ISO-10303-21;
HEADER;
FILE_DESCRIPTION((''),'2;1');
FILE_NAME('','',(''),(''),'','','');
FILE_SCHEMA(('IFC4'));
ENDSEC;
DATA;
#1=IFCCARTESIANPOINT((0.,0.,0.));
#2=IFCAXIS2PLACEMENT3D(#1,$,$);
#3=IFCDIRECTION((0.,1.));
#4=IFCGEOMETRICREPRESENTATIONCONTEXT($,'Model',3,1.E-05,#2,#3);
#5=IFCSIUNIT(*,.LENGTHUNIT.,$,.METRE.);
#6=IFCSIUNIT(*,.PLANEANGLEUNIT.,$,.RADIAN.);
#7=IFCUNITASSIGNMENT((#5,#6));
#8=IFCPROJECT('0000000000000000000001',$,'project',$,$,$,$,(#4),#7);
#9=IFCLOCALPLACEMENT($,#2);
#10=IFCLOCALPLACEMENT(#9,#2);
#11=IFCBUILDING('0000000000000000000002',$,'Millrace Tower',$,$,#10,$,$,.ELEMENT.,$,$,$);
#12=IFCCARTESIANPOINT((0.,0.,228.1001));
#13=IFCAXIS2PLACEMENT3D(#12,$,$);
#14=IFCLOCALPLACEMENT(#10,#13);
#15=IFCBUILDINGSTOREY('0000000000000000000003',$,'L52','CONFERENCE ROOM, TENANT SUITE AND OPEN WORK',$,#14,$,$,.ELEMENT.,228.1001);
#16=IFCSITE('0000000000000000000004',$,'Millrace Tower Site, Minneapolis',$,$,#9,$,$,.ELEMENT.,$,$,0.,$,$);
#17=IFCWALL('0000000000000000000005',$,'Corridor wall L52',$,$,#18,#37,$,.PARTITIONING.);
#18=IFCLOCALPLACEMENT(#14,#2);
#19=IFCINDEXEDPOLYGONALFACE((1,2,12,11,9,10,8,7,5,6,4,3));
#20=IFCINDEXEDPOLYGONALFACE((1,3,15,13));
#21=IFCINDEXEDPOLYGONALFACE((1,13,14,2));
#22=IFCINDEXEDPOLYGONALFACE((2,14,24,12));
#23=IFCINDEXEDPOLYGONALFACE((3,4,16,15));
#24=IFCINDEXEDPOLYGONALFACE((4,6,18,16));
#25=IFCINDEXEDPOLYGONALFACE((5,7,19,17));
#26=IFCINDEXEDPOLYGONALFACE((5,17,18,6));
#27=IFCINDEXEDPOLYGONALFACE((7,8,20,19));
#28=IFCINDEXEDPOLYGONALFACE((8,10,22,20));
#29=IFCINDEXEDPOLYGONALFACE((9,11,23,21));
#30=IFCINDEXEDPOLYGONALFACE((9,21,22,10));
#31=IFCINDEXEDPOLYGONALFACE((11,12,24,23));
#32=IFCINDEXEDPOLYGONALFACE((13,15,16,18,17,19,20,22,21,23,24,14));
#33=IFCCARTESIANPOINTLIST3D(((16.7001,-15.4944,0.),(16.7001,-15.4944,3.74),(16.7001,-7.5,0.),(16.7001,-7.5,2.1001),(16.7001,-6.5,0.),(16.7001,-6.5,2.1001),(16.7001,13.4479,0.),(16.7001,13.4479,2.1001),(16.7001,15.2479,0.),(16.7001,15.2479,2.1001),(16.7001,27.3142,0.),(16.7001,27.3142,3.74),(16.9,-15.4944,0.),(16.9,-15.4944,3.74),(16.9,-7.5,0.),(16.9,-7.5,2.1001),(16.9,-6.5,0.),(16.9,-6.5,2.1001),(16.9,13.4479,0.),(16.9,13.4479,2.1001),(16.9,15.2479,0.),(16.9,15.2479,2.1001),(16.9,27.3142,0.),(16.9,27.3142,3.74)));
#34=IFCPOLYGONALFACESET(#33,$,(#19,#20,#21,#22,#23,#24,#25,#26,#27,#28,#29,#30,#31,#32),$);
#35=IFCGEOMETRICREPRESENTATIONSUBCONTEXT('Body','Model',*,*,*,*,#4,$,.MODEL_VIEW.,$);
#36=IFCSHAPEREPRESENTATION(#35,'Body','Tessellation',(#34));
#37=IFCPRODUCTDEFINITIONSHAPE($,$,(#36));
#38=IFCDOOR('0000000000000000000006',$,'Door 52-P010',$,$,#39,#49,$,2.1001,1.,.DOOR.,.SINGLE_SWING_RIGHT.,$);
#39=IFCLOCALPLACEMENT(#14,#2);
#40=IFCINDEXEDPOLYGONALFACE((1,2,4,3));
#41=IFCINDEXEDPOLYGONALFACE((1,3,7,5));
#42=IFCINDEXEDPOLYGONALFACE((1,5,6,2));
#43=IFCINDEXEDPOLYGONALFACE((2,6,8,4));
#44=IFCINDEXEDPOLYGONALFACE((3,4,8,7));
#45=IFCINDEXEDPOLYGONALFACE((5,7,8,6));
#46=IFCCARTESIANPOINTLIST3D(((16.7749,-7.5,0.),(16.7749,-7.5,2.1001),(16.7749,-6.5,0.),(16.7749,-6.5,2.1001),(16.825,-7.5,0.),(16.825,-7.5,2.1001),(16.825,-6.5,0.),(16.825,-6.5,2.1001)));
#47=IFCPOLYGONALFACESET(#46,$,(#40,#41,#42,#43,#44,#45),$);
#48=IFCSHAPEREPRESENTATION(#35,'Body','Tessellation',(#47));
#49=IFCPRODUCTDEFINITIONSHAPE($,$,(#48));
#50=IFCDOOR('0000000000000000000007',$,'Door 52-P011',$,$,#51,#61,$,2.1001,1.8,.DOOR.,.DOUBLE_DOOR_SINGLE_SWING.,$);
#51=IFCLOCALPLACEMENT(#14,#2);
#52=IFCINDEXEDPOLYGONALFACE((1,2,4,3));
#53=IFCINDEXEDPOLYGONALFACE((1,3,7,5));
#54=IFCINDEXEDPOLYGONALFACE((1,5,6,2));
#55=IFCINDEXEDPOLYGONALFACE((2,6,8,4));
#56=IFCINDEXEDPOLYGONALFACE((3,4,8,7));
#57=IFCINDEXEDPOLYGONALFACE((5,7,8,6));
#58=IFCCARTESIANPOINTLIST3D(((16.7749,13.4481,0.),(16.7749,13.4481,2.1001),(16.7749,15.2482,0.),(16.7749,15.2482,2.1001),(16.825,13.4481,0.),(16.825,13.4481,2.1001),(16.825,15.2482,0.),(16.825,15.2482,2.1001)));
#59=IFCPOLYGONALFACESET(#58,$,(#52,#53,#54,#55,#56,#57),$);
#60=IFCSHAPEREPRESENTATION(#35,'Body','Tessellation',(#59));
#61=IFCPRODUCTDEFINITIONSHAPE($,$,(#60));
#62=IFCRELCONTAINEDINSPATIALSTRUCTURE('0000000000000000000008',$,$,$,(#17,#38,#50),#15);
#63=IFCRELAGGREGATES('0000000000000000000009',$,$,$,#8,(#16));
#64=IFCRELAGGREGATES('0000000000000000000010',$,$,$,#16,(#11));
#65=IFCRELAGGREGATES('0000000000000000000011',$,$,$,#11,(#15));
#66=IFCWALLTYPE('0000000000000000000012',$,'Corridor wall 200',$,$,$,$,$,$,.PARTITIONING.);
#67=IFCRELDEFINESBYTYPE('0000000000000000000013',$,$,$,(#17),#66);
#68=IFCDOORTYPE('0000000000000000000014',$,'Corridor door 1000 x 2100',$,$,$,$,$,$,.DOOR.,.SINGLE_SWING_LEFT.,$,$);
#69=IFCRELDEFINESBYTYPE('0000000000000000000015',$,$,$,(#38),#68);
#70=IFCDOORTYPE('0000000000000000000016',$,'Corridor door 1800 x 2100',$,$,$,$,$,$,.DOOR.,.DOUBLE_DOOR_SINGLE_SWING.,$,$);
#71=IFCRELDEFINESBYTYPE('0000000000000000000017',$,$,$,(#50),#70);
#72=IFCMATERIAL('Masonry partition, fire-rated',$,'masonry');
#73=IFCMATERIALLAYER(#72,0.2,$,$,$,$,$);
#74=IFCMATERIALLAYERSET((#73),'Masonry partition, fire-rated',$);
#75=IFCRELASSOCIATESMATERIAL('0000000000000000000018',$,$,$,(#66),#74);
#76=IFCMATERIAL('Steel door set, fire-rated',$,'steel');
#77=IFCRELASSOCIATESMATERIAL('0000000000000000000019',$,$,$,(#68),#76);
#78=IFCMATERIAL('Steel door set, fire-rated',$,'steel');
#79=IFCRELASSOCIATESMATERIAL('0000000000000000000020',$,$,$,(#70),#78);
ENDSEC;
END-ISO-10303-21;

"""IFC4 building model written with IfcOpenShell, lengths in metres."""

from ifc_helpers import new_model, si_unit, direction, frame, frame_2d, origin, place, context, subcontext, project, spatial, rectangle, extrude, material, layer, layer_set, type_object, element, fill, save


model = new_model("IFC4")

# Units and contexts
model_context = context("Model", 3, precision=1e-05, world=origin(), true_north=direction((0.0, 1.0)))
body_context = subcontext(model_context, "Body", "Model", "MODEL_VIEW")
ifc_project = project(units=[si_unit("LENGTHUNIT", "METRE"), si_unit("PLANEANGLEUNIT", "RADIAN")], contexts=[model_context])

# Site, building, storey
site_placement = place(None, origin())
site = spatial("IfcSite", under=ifc_project, at=site_placement, Name="Millrace Tower Site, Minneapolis", CompositionType="ELEMENT", RefElevation=0.0)
building_placement = place(site_placement, origin())
building = spatial("IfcBuilding", under=site, at=building_placement, Name="Millrace Tower", CompositionType="ELEMENT")
storey_placement = place(building_placement, frame((0.0, 0.0, 228.1001)))
storey = spatial("IfcBuildingStorey", under=building, at=storey_placement, Name="L52", Description="CONFERENCE ROOM, TENANT SUITE AND OPEN WORK", CompositionType="ELEMENT", Elevation=228.1001)

# Wall, openings, doors
ifc_material_1 = material(Name="Masonry partition, fire-rated", Category="masonry")
ifc_layer_1 = layer(ifc_material_1, 0.2)
ifc_layer_set_1 = layer_set([ifc_layer_1], Name="Masonry partition, fire-rated")
wall_type = type_object("IfcWallType", Name="Corridor wall 200", PredefinedType="PARTITIONING", material=ifc_layer_set_1)
wall_placement = place(storey_placement, frame((16.8, -15.4944, 0.0), z_axis=(0.0, 0.0, 1.0), x_axis=(0.0, 1.0, 0.0)))
wall = element("IfcWall", 1, at=wall_placement, inside=storey, type_object=wall_type, Name="Corridor wall L52", PredefinedType="PARTITIONING", context=body_context, shape_type="SweptSolid", body=[
    extrude(rectangle(XDim=42.8086, YDim=0.2, at=frame_2d((21.4043, 0.0))), origin(), (0.0, 0.0, 1.0), 3.74),
])
opening_1_placement = place(wall_placement, frame((7.9944, 0.0, 0.0)))
opening_1 = element("IfcOpeningElement", 2, at=opening_1_placement, cuts=wall, PredefinedType="OPENING", context=body_context, shape_type="SweptSolid", body=[
    extrude(rectangle(XDim=1.0, YDim=2.1001, at=frame_2d((0.5, 1.05))), frame((0.0, 0.1099, 0.0), z_axis=(0.0, -1.0, 0.0), x_axis=(1.0, 0.0, 0.0)), (0.0, 0.0, 1.0), 0.22),
])
opening_2_placement = place(wall_placement, frame((28.9424, 0.0, 0.0)))
opening_2 = element("IfcOpeningElement", 3, at=opening_2_placement, cuts=wall, PredefinedType="OPENING", context=body_context, shape_type="SweptSolid", body=[
    extrude(rectangle(XDim=1.8, YDim=2.1001, at=frame_2d((0.8999, 1.05))), frame((0.0, 0.1099, 0.0), z_axis=(0.0, -1.0, 0.0), x_axis=(1.0, 0.0, 0.0)), (0.0, 0.0, 1.0), 0.22),
])
ifc_material_2 = material(Name="Steel door set, fire-rated", Category="steel")
door_type_1 = type_object("IfcDoorType", Name="Corridor door 1000 x 2100", OperationType="SINGLE_SWING_LEFT", PredefinedType="DOOR", material=ifc_material_2)
door_1_placement = place(opening_1_placement, frame((1.0, 0.0, 0.0), z_axis=(0.0, 0.0, 1.0), x_axis=(-1.0, 0.0, 0.0)))
door_1 = element("IfcDoor", 4, at=door_1_placement, inside=storey, type_object=door_type_1, Name="Door 52-P010", OperationType="SINGLE_SWING_RIGHT", OverallHeight=2.1001, OverallWidth=1.0, PredefinedType="DOOR", context=body_context, shape_type="SweptSolid", body=[
    extrude(rectangle(XDim=1.0, YDim=2.1001, at=frame_2d((0.5, 1.05))), frame((0.0, 0.0249, 0.0), z_axis=(0.0, -1.0, 0.0), x_axis=(1.0, 0.0, 0.0)), (0.0, 0.0, 1.0), 0.05),
])
fill(opening_1, door_1)
ifc_material_3 = material(Name="Steel door set, fire-rated", Category="steel")
door_type_2 = type_object("IfcDoorType", Name="Corridor door 1800 x 2100", OperationType="DOUBLE_DOOR_SINGLE_SWING", PredefinedType="DOOR", material=ifc_material_3)
door_2_placement = place(opening_2_placement, frame((1.8, 0.0, 0.0), z_axis=(0.0, 0.0, 1.0), x_axis=(-1.0, 0.0, 0.0)))
door_2 = element("IfcDoor", 5, at=door_2_placement, inside=storey, type_object=door_type_2, Name="Door 52-P011", OperationType="DOUBLE_DOOR_SINGLE_SWING", OverallHeight=2.1001, OverallWidth=1.8, PredefinedType="DOOR", context=body_context, shape_type="SweptSolid", body=[
    extrude(rectangle(XDim=1.8, YDim=2.1001, at=frame_2d((0.8999, 1.05))), frame((0.0, 0.0249, 0.0), z_axis=(0.0, -1.0, 0.0), x_axis=(1.0, 0.0, 0.0)), (0.0, 0.0, 1.0), 0.05),
])
fill(opening_2, door_2)

save(model, "model.ifc")
